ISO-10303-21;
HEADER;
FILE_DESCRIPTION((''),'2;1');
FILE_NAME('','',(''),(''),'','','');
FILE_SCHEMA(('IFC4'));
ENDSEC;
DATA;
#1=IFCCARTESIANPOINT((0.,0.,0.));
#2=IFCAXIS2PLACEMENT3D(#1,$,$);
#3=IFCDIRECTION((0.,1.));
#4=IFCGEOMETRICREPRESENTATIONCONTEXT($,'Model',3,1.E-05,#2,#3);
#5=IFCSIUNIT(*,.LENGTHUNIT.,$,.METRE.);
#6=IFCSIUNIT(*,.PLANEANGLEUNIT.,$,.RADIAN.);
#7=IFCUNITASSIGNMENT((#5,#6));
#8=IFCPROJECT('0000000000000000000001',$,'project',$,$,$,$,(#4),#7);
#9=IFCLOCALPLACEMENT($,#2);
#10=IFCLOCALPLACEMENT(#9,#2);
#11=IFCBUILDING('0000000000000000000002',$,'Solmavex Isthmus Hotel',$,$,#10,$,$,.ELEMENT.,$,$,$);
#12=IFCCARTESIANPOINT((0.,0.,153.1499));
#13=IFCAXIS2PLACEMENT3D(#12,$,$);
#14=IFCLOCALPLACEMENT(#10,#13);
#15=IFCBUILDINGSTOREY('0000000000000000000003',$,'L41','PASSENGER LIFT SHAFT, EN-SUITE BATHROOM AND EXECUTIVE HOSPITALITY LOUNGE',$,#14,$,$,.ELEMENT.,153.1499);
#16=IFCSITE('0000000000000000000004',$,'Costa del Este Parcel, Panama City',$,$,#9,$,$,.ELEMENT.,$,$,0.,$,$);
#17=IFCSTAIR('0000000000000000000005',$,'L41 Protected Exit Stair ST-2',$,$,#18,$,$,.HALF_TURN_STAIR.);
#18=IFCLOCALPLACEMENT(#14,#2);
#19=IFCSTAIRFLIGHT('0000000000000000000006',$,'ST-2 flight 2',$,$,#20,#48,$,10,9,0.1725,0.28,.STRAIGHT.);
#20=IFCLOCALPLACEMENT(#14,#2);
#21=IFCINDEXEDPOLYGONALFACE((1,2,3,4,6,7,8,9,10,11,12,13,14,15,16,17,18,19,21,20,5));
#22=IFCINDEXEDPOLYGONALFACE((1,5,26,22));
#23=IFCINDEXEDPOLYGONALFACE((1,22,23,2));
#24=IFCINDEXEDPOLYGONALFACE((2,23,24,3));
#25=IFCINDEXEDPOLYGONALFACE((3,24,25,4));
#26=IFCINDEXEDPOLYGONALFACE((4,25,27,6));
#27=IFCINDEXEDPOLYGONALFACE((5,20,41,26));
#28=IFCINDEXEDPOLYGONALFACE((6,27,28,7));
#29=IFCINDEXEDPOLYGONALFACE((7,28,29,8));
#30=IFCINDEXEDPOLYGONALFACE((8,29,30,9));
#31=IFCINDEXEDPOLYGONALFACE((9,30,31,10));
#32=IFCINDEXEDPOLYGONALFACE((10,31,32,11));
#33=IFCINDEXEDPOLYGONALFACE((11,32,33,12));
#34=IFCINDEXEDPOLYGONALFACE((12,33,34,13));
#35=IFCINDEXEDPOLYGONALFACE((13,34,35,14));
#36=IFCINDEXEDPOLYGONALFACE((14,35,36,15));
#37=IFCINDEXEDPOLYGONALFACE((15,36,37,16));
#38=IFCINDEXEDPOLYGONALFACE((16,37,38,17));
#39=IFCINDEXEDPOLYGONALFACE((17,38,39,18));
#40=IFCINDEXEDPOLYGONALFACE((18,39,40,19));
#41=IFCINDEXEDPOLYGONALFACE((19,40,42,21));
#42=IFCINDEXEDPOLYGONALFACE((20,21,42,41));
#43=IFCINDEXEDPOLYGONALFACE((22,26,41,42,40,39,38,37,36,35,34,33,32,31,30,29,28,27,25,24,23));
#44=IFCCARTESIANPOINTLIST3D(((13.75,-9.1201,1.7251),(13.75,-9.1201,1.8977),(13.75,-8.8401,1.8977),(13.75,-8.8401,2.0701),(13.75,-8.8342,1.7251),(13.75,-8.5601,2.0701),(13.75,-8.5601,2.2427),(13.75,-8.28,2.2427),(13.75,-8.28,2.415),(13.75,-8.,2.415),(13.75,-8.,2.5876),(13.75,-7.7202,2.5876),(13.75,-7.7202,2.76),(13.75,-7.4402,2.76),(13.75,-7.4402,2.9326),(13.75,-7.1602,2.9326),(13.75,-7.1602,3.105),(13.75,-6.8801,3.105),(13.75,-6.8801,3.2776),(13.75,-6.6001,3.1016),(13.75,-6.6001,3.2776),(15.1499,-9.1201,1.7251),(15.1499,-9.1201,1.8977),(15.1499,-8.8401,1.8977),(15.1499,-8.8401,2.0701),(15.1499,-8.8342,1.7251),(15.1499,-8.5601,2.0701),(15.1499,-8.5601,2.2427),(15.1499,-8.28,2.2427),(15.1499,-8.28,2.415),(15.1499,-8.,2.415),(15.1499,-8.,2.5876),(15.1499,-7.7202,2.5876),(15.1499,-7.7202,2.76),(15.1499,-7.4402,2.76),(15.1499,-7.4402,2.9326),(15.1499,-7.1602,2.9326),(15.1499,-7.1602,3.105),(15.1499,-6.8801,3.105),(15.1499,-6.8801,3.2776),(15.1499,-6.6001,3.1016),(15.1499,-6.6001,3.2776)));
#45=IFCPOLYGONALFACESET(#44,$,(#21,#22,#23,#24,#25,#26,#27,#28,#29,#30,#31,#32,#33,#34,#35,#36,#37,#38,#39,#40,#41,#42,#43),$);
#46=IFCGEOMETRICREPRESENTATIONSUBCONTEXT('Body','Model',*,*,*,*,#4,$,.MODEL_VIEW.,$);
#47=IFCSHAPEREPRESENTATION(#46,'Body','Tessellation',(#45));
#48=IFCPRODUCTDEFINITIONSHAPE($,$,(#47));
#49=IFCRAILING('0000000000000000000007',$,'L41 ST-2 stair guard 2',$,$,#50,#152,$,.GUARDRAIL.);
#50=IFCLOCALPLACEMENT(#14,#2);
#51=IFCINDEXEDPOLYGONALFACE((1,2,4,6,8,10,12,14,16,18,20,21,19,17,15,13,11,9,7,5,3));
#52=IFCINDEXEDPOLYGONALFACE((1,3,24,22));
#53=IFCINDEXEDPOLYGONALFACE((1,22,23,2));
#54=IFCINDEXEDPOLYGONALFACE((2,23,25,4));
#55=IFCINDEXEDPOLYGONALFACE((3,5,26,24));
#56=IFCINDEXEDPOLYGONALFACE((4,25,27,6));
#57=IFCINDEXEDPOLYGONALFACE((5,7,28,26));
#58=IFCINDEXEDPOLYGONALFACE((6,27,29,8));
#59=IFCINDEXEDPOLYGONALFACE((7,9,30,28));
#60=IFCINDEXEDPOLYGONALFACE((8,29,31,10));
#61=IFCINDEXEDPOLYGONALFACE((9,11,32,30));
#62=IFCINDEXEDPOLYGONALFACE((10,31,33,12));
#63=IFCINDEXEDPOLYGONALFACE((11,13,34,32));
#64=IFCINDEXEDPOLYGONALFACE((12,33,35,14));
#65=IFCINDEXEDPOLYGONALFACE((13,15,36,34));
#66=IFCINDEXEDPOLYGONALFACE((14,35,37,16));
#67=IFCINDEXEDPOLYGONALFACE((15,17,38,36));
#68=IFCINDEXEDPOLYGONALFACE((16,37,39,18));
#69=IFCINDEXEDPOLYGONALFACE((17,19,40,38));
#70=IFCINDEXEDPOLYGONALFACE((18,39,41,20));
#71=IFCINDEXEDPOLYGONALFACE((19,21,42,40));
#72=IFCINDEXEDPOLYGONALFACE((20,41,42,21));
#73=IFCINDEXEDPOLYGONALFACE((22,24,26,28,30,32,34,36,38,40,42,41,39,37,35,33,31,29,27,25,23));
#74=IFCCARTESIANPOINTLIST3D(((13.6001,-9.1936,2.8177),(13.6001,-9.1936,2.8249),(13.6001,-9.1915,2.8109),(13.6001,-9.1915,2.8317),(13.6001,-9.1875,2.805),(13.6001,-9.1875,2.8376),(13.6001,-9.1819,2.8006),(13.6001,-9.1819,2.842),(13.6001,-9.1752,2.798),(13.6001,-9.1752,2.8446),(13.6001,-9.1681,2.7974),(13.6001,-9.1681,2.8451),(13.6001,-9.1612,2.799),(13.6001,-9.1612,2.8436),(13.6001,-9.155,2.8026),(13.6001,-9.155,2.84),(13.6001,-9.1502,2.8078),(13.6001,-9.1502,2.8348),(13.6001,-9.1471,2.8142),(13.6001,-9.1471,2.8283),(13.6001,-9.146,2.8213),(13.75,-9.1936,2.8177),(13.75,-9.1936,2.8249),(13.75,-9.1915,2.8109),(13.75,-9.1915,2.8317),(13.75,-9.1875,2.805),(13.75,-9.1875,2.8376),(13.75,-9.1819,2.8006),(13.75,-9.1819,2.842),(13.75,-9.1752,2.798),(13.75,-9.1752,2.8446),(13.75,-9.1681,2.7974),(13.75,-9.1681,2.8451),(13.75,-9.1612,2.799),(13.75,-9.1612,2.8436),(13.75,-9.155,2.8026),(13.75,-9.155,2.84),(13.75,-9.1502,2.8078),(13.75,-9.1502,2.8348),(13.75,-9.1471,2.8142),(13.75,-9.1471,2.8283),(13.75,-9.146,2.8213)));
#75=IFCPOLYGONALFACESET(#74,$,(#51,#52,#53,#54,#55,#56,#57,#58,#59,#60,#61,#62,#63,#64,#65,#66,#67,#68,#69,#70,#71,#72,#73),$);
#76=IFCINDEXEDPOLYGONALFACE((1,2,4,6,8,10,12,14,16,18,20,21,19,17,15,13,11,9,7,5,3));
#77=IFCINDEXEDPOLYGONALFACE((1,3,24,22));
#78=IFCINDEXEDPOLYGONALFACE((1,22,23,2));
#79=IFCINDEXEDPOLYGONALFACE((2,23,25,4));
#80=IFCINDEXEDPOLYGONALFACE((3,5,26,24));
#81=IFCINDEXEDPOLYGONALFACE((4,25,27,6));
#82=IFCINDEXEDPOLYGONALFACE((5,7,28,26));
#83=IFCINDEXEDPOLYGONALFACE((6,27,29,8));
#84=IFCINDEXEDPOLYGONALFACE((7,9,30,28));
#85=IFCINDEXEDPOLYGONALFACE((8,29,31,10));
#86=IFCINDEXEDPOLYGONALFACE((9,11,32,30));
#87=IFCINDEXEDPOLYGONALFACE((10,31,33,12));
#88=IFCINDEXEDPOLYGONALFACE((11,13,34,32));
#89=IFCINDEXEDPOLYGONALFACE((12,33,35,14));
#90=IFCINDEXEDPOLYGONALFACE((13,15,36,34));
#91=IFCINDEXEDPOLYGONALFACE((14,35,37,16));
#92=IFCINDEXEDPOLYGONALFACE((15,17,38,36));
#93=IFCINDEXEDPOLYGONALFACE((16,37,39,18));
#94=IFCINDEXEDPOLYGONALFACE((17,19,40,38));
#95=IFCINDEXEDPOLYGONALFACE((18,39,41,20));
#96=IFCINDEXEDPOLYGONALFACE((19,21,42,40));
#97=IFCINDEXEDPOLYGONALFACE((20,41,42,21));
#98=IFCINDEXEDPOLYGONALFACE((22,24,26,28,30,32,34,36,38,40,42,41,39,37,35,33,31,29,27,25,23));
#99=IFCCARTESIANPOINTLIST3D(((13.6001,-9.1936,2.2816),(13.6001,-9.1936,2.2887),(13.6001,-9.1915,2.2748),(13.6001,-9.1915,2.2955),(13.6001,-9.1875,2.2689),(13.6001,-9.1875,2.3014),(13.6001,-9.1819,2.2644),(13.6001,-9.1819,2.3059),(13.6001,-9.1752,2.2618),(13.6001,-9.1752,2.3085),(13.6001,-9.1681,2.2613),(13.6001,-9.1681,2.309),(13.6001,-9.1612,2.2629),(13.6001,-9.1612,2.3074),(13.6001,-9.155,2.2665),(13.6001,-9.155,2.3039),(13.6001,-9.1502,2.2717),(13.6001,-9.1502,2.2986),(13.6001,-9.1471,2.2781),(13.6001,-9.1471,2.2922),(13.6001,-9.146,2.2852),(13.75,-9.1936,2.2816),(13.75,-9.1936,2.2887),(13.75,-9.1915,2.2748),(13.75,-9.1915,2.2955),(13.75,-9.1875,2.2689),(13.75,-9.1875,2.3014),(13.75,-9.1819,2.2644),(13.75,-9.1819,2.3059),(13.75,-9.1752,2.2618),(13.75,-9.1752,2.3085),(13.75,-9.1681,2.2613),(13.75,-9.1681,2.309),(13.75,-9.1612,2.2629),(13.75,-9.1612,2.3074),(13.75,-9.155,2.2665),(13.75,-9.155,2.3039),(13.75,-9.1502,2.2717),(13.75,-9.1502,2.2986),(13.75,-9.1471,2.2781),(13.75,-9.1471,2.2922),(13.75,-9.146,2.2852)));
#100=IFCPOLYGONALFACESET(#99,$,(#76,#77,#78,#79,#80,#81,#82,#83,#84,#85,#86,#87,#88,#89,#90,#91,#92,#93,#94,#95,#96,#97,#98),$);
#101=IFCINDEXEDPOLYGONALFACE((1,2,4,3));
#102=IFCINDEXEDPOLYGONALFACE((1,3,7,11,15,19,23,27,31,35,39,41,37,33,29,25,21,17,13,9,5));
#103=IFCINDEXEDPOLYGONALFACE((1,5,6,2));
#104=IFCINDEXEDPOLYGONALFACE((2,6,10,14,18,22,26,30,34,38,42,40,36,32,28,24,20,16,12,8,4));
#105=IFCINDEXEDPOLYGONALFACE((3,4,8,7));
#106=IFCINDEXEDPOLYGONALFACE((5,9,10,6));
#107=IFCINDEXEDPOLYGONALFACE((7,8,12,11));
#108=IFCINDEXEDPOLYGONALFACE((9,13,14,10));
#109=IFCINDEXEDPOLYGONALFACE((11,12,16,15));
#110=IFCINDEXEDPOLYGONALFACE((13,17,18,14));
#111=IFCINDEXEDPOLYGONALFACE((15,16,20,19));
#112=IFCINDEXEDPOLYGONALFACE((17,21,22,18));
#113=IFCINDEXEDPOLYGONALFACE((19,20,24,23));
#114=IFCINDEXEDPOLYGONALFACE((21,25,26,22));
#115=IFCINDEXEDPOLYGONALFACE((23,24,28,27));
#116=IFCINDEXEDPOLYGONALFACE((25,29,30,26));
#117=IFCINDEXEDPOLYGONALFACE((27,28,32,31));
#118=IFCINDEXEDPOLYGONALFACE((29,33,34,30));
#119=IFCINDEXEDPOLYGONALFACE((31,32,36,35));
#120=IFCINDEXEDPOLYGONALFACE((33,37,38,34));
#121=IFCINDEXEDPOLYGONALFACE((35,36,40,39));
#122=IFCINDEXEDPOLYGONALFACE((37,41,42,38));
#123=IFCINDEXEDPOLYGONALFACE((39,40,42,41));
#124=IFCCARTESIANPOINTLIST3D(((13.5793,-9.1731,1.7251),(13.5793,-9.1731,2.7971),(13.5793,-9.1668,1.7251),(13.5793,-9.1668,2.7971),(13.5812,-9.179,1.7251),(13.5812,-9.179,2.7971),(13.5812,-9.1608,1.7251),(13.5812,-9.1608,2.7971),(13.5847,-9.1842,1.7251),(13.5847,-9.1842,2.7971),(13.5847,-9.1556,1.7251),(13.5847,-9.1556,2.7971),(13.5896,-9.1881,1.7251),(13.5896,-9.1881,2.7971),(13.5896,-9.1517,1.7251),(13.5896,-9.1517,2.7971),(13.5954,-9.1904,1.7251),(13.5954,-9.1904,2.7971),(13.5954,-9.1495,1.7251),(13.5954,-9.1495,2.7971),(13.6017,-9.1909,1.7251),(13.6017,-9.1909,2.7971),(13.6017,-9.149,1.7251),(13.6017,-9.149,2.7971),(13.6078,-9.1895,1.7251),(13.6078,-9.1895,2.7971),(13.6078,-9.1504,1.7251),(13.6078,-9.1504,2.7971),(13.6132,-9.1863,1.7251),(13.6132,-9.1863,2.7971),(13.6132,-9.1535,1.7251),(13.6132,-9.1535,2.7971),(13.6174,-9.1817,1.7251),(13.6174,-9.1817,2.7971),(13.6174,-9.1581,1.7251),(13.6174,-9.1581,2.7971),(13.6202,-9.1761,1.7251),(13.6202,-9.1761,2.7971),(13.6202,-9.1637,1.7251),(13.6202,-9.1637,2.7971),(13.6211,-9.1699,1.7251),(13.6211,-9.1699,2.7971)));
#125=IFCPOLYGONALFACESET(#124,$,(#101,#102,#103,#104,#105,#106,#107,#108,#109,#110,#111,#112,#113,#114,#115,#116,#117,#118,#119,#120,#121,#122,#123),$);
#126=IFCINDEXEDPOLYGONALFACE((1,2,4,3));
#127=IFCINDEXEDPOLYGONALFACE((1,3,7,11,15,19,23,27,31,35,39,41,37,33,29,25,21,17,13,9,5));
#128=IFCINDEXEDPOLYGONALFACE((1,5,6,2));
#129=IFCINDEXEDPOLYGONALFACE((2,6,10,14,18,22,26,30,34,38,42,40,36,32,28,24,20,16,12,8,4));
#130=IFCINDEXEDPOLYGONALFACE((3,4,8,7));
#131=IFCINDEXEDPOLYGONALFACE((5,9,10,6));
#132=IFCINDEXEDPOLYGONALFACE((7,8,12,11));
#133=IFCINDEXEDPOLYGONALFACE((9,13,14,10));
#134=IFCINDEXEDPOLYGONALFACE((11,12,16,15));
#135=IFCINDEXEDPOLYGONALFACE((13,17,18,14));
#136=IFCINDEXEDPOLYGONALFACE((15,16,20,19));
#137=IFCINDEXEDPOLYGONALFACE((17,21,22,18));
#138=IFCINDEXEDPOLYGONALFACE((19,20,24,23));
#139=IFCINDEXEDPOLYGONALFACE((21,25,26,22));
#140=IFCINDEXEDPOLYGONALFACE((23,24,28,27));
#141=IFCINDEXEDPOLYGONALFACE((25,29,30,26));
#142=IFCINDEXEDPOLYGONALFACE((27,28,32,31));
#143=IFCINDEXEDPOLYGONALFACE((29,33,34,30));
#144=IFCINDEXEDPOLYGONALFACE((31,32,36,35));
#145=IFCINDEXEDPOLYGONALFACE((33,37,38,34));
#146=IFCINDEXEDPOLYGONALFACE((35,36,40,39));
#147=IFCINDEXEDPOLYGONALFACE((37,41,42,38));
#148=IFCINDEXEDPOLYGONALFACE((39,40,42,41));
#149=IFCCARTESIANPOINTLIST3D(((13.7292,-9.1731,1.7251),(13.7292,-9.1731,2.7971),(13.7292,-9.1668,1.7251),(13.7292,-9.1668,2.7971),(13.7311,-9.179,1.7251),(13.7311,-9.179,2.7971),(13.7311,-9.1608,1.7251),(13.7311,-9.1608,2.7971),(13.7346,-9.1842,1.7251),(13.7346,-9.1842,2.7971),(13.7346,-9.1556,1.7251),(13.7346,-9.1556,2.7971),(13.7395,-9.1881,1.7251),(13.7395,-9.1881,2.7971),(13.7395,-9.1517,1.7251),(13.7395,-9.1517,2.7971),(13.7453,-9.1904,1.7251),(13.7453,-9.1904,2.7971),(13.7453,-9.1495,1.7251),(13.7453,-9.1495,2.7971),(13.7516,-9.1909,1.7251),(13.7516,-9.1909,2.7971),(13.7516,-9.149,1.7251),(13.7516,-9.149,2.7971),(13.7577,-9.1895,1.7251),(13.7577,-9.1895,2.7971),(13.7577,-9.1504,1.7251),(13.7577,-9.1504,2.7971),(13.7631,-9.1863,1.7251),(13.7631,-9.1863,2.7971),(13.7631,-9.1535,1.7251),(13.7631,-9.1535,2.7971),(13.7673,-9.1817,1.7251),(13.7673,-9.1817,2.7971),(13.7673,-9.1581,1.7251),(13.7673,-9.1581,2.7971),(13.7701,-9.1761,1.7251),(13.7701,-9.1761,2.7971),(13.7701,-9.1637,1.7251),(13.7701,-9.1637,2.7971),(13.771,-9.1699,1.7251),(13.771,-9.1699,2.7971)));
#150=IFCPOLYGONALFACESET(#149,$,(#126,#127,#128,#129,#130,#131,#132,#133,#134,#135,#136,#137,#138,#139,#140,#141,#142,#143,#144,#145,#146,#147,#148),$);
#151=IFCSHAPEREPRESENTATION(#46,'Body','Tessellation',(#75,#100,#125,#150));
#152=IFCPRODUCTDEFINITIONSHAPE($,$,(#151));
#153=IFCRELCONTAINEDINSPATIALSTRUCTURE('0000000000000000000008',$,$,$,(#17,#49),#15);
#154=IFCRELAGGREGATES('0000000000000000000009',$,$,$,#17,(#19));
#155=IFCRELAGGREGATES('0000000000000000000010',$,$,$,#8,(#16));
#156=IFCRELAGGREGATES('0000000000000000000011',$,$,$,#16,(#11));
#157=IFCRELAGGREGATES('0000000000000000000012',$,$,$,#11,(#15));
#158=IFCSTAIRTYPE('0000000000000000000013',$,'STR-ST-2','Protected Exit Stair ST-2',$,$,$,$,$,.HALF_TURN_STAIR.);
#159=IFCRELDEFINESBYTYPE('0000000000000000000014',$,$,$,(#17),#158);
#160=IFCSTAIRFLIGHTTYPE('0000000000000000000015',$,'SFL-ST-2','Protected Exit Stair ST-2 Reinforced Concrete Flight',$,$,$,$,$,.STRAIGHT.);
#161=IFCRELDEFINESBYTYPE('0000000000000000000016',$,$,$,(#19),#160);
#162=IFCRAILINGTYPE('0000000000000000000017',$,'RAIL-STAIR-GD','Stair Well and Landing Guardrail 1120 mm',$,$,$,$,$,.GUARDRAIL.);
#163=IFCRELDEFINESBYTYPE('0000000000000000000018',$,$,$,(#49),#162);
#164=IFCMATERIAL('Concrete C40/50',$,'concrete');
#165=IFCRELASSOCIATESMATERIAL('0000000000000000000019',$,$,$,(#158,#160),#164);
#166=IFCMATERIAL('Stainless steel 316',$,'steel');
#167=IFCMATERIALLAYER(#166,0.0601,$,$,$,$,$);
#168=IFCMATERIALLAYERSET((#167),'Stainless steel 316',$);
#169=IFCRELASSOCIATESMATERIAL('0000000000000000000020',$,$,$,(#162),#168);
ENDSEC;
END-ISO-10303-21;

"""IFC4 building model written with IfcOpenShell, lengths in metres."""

from ifc_helpers import new_model, si_unit, direction, frame, origin, origin_2d, place, context, subcontext, project, spatial, polyline, circle, outline, extrude, material, layer, layer_set, type_object, element, aggregate, save


model = new_model("IFC4")

# Units and contexts
model_context = context("Model", 3, precision=1e-05, world=origin(), true_north=direction((0.0, 1.0)))
body_context = subcontext(model_context, "Body", "Model", "MODEL_VIEW")
ifc_project = project(units=[si_unit("LENGTHUNIT", "METRE"), si_unit("PLANEANGLEUNIT", "RADIAN")], contexts=[model_context])

# Site, building, storey
site_placement = place(None, origin())
site = spatial("IfcSite", under=ifc_project, at=site_placement, Name="Costa del Este Parcel, Panama City", CompositionType="ELEMENT", RefElevation=0.0)
building_placement = place(site_placement, origin())
building = spatial("IfcBuilding", under=site, at=building_placement, Name="Solmavex Isthmus Hotel", CompositionType="ELEMENT")
storey_placement = place(building_placement, frame((0.0, 0.0, 153.1499)))
storey = spatial("IfcBuildingStorey", under=building, at=storey_placement, Name="L41", Description="PASSENGER LIFT SHAFT, EN-SUITE BATHROOM AND EXECUTIVE HOSPITALITY LOUNGE", CompositionType="ELEMENT", Elevation=153.1499)

# Shared definitions
ifc_material_1 = material(Name="Concrete C40/50", Category="concrete")

# Stair, stair flight
stair_type = type_object("IfcStairType", Name="STR-ST-2", Description="Protected Exit Stair ST-2", PredefinedType="HALF_TURN_STAIR", material=ifc_material_1)
stair_placement = place(storey_placement, origin())
stair = element("IfcStair", 1, at=stair_placement, inside=storey, type_object=stair_type, Name="L41 Protected Exit Stair ST-2", PredefinedType="HALF_TURN_STAIR")
stair_flight_type = type_object("IfcStairFlightType", Name="SFL-ST-2", Description="Protected Exit Stair ST-2 Reinforced Concrete Flight", PredefinedType="STRAIGHT", material=ifc_material_1)
stair_flight_placement = place(storey_placement, frame((14.45, -9.1201, 1.7251), z_axis=(0.0, 0.0, 1.0), x_axis=(0.0, 1.0, 0.0)))
stair_flight = element("IfcStairFlight", 2, at=stair_flight_placement, type_object=stair_flight_type, Name="ST-2 flight 2", NumberOfRisers=10, NumberOfTreads=9, PredefinedType="STRAIGHT", RiserHeight=0.1725, TreadLength=0.28, context=body_context, shape_type="SweptSolid", body=[
    extrude(outline(polyline([(0.0, 0.0), (0.0, 0.1726), (0.28, 0.1726), (0.28, 0.345), (0.5601, 0.345), (0.5601, 0.5176), (0.8401, 0.5176), (0.8401, 0.6899), (1.1201, 0.6899), (1.1201, 0.8625), (1.3999, 0.8625), (1.3999, 1.0349), (1.6799, 1.0349), (1.6799, 1.2075), (1.96, 1.2075), (1.96, 1.3799), (2.24, 1.3799), (2.24, 1.5525), (2.52, 1.5525), (2.52, 1.7251), (2.52, 1.3765), (0.2859, 0.0), (0.0, 0.0)])), frame((0.0, 0.7, 0.0), z_axis=(0.0, -1.0, 0.0), x_axis=(1.0, 0.0, 0.0)), (0.0, 0.0, 1.0), 1.3999),
])
aggregate(stair, [stair_flight])

# Railing
ifc_material_2 = material(Name="Stainless steel 316", Category="steel")
ifc_layer_1 = layer(ifc_material_2, 0.0601)
ifc_layer_set_1 = layer_set([ifc_layer_1], Name="Stainless steel 316")
railing_type_1 = type_object("IfcRailingType", Name="RAIL-STAIR-GD", Description="Stair Well and Landing Guardrail 1120 mm", PredefinedType="GUARDRAIL", material=ifc_layer_set_1)
railing_1_placement = place(storey_placement, frame((13.6001, -9.1699, 1.7251)))
element("IfcRailing", 3, at=railing_1_placement, inside=storey, type_object=railing_type_1, Name="L41 ST-2 stair guard 2", PredefinedType="GUARDRAIL", context=body_context, shape_type="SweptSolid", body=[
    extrude(circle(Radius=0.0239, at=origin_2d()), frame((0.0, 0.0, 1.0962), z_axis=(1.0, 0.0, 0.0), x_axis=(0.0, 1.0, 0.0)), (0.0, 0.0, 1.0), 0.1499),
    extrude(circle(Radius=0.0239, at=origin_2d()), frame((0.0, 0.0, 0.5601), z_axis=(1.0, 0.0, 0.0), x_axis=(0.0, 1.0, 0.0)), (0.0, 0.0, 1.0), 0.1499),
    extrude(circle(Radius=0.021, at=origin_2d()), origin(), (0.0, 0.0, 1.0), 1.072),
    extrude(circle(Radius=0.021, at=origin_2d()), frame((0.1499, 0.0, 0.0)), (0.0, 0.0, 1.0), 1.072),
])

save(model, "model.ifc")
